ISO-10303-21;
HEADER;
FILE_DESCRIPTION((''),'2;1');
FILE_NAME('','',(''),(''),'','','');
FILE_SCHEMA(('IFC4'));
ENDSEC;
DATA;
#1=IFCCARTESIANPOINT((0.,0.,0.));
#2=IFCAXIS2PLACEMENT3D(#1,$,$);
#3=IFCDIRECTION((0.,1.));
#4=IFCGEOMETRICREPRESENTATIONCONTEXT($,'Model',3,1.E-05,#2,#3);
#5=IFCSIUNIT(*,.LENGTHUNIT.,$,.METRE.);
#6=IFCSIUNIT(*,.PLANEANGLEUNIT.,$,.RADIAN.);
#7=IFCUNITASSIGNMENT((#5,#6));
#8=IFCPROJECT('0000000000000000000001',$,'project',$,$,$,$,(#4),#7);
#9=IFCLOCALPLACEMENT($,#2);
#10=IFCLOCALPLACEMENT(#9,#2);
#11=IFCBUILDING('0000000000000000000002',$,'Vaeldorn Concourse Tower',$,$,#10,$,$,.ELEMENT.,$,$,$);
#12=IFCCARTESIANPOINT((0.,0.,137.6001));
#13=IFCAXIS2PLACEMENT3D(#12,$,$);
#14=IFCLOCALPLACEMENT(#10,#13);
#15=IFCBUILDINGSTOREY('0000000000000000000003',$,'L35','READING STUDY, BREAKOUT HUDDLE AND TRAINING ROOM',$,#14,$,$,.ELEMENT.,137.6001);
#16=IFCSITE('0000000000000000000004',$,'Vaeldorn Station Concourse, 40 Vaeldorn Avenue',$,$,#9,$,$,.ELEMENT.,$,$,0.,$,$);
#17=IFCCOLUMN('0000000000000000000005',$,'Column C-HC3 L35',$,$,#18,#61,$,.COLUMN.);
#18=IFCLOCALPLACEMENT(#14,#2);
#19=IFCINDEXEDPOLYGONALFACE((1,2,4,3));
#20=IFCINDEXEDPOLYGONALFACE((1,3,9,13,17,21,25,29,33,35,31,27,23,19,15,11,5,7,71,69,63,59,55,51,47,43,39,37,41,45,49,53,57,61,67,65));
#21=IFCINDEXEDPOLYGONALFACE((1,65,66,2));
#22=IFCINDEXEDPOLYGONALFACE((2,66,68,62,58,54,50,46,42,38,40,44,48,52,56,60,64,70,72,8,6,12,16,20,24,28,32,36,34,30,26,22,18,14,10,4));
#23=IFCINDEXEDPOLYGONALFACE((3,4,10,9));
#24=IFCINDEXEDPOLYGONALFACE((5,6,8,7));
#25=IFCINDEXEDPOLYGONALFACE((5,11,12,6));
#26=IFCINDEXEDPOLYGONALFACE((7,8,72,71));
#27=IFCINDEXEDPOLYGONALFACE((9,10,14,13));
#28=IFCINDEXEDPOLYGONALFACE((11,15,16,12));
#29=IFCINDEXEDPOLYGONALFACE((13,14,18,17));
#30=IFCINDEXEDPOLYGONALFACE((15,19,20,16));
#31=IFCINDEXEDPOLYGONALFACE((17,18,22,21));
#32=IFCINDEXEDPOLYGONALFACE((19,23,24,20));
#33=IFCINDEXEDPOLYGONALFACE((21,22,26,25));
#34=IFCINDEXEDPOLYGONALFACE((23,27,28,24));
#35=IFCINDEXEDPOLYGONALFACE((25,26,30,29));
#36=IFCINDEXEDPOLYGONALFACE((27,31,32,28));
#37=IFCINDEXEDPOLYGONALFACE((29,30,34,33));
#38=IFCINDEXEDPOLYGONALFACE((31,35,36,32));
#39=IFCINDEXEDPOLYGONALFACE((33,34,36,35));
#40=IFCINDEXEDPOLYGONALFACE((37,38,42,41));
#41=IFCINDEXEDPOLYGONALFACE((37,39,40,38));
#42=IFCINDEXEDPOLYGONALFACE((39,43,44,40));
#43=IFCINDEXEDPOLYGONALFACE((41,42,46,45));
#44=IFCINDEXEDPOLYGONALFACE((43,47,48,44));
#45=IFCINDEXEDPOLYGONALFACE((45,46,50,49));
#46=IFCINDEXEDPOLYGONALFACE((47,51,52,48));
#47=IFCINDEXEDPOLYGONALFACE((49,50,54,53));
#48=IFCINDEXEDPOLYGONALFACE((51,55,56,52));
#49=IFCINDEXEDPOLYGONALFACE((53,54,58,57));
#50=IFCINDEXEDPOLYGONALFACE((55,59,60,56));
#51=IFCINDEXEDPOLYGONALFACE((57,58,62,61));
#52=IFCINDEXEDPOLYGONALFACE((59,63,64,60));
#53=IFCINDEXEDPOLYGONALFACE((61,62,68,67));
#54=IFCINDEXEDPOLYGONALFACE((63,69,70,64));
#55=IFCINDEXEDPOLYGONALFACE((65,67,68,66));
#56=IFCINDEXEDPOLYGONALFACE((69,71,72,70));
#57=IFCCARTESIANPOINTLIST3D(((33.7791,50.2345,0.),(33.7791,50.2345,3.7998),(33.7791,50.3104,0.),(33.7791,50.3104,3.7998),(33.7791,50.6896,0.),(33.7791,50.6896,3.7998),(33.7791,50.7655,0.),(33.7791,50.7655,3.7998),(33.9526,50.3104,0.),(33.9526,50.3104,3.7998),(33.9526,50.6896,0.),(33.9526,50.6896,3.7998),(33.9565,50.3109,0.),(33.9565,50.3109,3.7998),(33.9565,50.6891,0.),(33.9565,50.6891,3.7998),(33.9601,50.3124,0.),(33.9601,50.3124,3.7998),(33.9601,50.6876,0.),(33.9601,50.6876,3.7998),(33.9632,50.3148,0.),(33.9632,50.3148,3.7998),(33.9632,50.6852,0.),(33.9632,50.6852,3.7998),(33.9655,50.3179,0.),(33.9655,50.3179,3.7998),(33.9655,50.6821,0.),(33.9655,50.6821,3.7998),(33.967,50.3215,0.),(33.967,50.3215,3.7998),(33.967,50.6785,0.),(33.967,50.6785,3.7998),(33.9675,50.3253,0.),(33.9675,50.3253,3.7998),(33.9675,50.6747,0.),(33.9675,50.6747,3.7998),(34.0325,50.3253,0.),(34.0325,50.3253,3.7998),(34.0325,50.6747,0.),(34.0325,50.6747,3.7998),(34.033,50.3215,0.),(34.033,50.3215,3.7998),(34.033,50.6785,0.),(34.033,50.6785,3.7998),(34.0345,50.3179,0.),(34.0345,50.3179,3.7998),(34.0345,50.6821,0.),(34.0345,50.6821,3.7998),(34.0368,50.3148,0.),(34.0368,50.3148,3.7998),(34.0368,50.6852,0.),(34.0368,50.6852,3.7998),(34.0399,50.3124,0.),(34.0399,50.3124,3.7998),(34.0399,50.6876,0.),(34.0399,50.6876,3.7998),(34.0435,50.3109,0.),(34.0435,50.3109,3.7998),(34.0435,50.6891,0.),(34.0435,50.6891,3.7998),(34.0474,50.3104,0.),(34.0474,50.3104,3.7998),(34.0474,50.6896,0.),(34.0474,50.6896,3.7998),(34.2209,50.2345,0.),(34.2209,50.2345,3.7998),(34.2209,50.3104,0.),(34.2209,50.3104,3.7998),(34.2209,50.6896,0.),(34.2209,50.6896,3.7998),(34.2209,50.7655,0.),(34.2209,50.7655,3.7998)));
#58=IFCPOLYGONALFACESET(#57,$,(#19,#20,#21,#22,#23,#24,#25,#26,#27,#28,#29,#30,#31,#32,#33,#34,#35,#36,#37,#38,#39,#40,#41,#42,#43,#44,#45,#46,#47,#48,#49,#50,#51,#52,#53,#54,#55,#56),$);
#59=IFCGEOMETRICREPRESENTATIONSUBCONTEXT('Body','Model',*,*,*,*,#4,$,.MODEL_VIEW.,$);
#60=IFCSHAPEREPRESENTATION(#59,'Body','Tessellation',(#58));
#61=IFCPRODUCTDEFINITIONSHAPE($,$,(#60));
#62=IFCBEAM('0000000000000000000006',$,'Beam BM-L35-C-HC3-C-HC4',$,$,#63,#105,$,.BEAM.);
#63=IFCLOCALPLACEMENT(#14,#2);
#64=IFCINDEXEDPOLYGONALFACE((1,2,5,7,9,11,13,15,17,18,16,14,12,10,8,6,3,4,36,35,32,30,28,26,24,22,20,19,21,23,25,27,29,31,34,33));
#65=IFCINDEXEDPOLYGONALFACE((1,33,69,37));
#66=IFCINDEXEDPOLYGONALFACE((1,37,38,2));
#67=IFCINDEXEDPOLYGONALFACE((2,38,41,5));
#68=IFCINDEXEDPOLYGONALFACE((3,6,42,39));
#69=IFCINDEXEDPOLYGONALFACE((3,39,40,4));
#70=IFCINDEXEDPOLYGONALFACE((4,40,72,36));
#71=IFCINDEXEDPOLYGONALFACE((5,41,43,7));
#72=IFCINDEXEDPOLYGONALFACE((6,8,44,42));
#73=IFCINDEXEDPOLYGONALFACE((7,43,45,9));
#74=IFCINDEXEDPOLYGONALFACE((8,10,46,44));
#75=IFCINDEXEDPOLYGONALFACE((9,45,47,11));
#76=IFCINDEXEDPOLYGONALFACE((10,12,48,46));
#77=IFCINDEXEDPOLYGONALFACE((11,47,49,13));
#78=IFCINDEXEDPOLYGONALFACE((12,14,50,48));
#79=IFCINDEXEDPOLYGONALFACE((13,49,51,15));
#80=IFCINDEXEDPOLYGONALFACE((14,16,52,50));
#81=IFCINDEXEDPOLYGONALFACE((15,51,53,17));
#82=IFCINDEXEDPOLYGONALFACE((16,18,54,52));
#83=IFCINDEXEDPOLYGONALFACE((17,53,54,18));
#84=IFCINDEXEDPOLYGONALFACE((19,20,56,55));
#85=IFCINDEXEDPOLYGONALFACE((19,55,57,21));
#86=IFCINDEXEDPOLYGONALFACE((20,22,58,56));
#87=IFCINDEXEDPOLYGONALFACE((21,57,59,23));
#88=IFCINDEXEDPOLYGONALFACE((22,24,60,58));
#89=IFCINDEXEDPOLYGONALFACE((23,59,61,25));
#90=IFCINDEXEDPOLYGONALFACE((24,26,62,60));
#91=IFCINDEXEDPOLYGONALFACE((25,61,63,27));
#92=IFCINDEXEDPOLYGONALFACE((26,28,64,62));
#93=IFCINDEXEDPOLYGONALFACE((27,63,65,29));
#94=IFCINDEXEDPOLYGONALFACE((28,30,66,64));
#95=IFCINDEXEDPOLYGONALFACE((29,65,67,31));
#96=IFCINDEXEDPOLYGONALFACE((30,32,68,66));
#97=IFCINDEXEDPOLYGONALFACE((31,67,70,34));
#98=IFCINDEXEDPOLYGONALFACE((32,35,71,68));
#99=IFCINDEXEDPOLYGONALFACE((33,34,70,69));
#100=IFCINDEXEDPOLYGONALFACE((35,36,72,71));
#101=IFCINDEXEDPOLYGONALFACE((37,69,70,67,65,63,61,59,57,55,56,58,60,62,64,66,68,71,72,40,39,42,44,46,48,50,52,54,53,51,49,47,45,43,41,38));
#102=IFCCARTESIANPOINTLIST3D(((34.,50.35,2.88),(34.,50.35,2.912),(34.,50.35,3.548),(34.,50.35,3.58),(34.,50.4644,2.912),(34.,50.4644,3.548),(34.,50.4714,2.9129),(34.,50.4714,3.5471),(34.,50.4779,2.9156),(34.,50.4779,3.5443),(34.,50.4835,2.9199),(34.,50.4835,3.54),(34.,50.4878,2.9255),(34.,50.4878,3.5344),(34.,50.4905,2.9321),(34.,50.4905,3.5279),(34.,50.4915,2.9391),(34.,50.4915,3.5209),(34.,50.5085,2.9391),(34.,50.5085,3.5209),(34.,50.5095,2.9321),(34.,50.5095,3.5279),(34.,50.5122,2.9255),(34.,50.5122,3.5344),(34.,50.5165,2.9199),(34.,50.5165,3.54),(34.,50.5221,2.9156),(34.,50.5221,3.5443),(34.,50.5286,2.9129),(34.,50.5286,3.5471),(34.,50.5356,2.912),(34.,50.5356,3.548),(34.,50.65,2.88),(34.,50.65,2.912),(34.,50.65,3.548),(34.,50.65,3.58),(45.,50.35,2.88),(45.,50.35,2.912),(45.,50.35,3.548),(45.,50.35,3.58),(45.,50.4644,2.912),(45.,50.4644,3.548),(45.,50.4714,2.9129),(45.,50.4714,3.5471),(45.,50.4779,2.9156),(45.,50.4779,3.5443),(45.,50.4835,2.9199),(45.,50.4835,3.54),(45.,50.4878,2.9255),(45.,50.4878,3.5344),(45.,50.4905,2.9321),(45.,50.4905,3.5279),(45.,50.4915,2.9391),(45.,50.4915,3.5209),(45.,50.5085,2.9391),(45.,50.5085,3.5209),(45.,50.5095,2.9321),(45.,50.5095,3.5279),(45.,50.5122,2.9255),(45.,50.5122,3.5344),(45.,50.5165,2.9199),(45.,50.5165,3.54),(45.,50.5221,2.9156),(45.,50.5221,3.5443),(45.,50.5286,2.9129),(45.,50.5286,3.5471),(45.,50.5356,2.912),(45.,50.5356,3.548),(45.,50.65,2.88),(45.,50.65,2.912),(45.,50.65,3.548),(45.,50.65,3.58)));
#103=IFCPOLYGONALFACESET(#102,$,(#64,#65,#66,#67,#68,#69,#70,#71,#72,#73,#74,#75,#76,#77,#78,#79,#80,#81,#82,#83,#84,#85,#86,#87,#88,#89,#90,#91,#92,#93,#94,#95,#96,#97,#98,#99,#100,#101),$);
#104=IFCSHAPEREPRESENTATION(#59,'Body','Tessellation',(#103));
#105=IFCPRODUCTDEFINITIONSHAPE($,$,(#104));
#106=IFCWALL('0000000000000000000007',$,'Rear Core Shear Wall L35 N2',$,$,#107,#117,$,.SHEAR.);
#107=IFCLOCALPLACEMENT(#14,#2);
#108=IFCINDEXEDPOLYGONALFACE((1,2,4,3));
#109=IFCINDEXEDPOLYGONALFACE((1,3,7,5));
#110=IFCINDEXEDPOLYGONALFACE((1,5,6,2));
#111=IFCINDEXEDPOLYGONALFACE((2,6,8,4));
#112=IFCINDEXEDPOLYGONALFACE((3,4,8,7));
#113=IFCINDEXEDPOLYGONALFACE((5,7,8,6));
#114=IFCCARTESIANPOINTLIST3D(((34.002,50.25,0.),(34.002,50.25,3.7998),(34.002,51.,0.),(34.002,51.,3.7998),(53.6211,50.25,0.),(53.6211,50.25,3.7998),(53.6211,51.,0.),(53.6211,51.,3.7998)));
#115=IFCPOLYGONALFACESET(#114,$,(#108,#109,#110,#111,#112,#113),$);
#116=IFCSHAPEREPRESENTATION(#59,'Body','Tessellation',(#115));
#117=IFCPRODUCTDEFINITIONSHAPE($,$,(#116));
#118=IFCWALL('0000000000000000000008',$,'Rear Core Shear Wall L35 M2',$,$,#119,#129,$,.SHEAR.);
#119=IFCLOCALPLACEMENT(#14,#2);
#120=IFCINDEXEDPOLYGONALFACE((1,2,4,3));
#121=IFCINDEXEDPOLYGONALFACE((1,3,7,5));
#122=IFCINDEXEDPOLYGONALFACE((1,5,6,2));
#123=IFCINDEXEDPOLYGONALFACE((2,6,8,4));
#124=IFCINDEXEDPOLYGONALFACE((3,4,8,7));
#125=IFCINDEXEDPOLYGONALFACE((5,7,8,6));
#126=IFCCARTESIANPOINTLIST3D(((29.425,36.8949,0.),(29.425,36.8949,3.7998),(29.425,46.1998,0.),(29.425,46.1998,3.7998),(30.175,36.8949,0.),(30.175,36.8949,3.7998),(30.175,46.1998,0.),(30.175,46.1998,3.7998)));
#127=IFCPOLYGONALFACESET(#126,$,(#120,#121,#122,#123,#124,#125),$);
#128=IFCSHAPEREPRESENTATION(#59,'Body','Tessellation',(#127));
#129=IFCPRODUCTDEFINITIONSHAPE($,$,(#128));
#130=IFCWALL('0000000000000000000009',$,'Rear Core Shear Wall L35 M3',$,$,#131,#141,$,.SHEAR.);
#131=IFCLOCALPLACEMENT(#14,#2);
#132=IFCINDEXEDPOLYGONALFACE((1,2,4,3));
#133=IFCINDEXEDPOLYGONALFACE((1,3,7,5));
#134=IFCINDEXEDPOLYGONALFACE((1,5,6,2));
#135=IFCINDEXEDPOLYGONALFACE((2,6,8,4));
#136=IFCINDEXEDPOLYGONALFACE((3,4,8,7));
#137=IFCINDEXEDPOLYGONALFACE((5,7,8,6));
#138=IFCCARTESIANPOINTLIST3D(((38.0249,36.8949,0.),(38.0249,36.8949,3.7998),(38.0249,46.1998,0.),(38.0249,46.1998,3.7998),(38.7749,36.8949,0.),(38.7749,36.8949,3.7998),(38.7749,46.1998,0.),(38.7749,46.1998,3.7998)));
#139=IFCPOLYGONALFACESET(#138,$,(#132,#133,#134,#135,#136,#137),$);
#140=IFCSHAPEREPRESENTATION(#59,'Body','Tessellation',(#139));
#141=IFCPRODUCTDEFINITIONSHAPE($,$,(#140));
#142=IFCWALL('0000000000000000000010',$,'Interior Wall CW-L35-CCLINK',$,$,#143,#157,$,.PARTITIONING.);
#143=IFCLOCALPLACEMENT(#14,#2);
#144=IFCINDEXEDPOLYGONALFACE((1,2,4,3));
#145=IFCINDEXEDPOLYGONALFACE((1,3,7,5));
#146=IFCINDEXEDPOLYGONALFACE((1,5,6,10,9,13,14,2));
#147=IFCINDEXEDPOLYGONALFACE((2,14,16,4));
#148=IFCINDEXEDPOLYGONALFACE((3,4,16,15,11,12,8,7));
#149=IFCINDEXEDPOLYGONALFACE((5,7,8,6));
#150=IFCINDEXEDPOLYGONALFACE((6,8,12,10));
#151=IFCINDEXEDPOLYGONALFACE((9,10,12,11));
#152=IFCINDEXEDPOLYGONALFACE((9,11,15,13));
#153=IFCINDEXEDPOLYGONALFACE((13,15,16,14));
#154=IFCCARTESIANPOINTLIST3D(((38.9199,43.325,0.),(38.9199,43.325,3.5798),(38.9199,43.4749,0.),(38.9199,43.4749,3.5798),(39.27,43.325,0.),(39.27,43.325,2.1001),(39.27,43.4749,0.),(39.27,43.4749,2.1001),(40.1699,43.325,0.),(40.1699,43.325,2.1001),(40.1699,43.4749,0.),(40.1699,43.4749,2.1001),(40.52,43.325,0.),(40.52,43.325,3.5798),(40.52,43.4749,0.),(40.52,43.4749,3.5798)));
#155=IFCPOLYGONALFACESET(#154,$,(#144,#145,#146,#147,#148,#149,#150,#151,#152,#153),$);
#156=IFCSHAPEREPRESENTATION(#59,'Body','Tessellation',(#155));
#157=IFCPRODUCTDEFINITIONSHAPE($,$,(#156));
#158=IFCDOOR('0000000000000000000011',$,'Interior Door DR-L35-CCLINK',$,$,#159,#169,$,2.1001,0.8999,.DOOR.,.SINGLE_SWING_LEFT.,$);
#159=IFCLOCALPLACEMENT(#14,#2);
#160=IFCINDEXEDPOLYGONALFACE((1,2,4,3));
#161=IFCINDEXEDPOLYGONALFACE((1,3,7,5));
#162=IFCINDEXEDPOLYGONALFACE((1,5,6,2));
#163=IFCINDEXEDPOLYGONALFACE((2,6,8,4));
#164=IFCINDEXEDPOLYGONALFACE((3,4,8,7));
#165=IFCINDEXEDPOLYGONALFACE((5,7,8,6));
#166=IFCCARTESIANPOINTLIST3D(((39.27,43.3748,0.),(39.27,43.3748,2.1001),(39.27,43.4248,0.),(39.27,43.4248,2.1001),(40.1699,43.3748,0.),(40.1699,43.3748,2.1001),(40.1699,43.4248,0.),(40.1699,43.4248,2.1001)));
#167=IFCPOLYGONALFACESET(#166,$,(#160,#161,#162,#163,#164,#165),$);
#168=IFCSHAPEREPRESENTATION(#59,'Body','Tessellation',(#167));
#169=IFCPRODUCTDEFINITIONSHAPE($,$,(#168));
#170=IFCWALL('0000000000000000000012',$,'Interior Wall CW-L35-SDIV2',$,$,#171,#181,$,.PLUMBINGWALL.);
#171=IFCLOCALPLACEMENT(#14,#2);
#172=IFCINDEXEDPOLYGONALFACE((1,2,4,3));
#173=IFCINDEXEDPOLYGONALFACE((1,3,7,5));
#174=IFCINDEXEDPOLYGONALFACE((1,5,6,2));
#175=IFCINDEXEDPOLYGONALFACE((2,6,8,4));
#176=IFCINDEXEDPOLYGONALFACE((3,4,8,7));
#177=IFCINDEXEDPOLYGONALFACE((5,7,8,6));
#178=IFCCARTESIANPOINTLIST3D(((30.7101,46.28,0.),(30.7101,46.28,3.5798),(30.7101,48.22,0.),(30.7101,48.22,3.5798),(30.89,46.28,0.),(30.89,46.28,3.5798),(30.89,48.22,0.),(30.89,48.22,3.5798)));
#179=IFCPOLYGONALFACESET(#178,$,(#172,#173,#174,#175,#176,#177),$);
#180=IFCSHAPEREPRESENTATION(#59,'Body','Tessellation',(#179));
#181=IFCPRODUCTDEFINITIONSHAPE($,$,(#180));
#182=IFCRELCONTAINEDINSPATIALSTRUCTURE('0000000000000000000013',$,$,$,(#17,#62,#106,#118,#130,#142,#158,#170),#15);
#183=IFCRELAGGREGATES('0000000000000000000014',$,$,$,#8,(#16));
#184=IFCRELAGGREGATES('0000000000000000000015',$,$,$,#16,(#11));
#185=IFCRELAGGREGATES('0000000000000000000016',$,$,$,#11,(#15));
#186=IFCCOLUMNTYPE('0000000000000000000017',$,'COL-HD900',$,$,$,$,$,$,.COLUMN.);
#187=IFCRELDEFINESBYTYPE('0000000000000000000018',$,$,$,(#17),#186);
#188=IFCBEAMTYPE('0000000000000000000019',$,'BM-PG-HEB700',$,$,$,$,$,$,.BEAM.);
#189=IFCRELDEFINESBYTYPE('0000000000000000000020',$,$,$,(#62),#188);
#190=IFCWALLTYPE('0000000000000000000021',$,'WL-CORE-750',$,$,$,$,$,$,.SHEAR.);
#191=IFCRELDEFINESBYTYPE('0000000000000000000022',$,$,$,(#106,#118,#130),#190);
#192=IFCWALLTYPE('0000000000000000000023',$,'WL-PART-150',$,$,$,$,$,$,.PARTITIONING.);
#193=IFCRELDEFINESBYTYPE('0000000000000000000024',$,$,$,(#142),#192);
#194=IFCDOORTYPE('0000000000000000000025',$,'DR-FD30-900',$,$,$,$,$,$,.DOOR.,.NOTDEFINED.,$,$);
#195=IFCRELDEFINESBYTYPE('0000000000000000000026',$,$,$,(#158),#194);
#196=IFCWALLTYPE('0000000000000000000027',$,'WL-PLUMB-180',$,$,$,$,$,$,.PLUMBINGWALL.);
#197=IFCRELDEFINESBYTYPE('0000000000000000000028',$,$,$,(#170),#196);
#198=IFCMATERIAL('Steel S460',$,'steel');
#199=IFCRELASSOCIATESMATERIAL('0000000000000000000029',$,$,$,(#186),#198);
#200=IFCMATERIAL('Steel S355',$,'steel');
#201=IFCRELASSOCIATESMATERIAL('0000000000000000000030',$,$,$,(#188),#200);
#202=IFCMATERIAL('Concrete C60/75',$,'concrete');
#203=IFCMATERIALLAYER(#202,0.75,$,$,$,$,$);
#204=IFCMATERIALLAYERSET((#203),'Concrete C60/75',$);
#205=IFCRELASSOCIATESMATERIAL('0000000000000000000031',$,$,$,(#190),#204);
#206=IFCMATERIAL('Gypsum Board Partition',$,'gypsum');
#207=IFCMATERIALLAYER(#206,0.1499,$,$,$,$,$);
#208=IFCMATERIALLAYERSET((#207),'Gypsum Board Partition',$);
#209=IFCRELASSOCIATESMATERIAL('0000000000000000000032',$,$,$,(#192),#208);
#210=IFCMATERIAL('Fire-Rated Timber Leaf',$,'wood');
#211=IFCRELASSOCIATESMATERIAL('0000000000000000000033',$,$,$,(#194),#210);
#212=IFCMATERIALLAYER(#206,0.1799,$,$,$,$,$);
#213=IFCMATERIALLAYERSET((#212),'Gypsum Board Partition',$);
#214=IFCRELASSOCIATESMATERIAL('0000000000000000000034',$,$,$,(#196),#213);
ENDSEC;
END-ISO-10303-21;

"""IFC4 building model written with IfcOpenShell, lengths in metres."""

from ifc_helpers import new_model, si_unit, direction, frame, frame_2d, origin, origin_2d, place, context, subcontext, project, spatial, rectangle, i_section, extrude, source, transform, mapped, material, layer, layer_set, material_profile, profile_set, type_object, element, fill, save


model = new_model("IFC4")

# Units and contexts
model_context = context("Model", 3, precision=1e-05, world=origin(), true_north=direction((0.0, 1.0)))
body_context = subcontext(model_context, "Body", "Model", "MODEL_VIEW")
ifc_project = project(units=[si_unit("LENGTHUNIT", "METRE"), si_unit("PLANEANGLEUNIT", "RADIAN")], contexts=[model_context])

# Site, building, storey
site_placement = place(None, origin())
site = spatial("IfcSite", under=ifc_project, at=site_placement, Name="Vaeldorn Station Concourse, 40 Vaeldorn Avenue", CompositionType="ELEMENT", RefElevation=0.0)
building_placement = place(site_placement, origin())
building = spatial("IfcBuilding", under=site, at=building_placement, Name="Vaeldorn Concourse Tower", CompositionType="ELEMENT")
storey_placement = place(building_placement, frame((0.0, 0.0, 137.6001)))
storey = spatial("IfcBuildingStorey", under=building, at=storey_placement, Name="L35", Description="READING STUDY, BREAKOUT HUDDLE AND TRAINING ROOM", CompositionType="ELEMENT", Elevation=137.6001)

# Column
ifc_material_1 = material(Name="Steel S460", Category="steel")
ifc_material_profile_1 = material_profile(ifc_material_1, i_section(OverallWidth=0.4419, OverallDepth=0.531, WebThickness=0.0649, FlangeThickness=0.0759, FilletRadius=0.0149, at=origin_2d()), Name="HD 400x900")
ifc_profile_set_1 = profile_set([ifc_material_profile_1], Name="Steel S460")
column_type = type_object("IfcColumnType", Name="COL-HD900", PredefinedType="COLUMN", material=ifc_profile_set_1)
shared_shape_1 = source(origin(), body_context, "Body", "SweptSolid", [
    extrude(i_section(OverallWidth=0.4419, OverallDepth=0.531, WebThickness=0.0649, FlangeThickness=0.0759, FilletRadius=0.0149, at=origin_2d()), origin(), (0.0, 0.0, 1.0), 3.7998),
])
column_placement = place(storey_placement, frame((34.0, 50.5, 0.0), z_axis=(0.0, 0.0, 1.0), x_axis=(1.0, 0.0, 0.0)))
element("IfcColumn", 1, at=column_placement, inside=storey, type_object=column_type, Name="Column C-HC3 L35", PredefinedType="COLUMN", context=body_context, shape_type="MappedRepresentation", body=[
    mapped(shared_shape_1, transform((0.0, 0.0, 0.0), scale=1.0)),
])

# Beam
ifc_material_2 = material(Name="Steel S355", Category="steel")
ifc_material_profile_2 = material_profile(ifc_material_2, i_section(OverallWidth=0.3, OverallDepth=0.7, WebThickness=0.0171, FlangeThickness=0.032, FilletRadius=0.0271, at=origin_2d()), Name="HEB 700")
ifc_profile_set_2 = profile_set([ifc_material_profile_2], Name="Steel S355")
beam_type = type_object("IfcBeamType", Name="BM-PG-HEB700", PredefinedType="BEAM", material=ifc_profile_set_2)
shared_shape_2 = source(origin(), body_context, "Body", "SweptSolid", [
    extrude(i_section(OverallWidth=0.3, OverallDepth=0.7, WebThickness=0.0171, FlangeThickness=0.032, FilletRadius=0.0271, at=origin_2d()), origin(), (0.0, 0.0, 1.0), 11.0),
])
beam_placement = place(storey_placement, frame((34.0, 50.5, 3.23), z_axis=(1.0, 0.0, 0.0), x_axis=(0.0, 1.0, 0.0)))
element("IfcBeam", 2, at=beam_placement, inside=storey, type_object=beam_type, Name="Beam BM-L35-C-HC3-C-HC4", PredefinedType="BEAM", context=body_context, shape_type="MappedRepresentation", body=[
    mapped(shared_shape_2, transform((0.0, 0.0, 0.0), scale=1.0)),
])

# Walls
ifc_material_3 = material(Name="Concrete C60/75", Category="concrete")
ifc_layer_1 = layer(ifc_material_3, 0.75)
ifc_layer_set_1 = layer_set([ifc_layer_1], Name="Concrete C60/75")
wall_type_1 = type_object("IfcWallType", Name="WL-CORE-750", PredefinedType="SHEAR", material=ifc_layer_set_1)
wall_1_placement = place(storey_placement, frame((34.002, 50.625, 0.0), z_axis=(0.0, 0.0, 1.0), x_axis=(1.0, 0.0, 0.0)))
element("IfcWall", 3, at=wall_1_placement, inside=storey, type_object=wall_type_1, Name="Rear Core Shear Wall L35 N2", PredefinedType="SHEAR", context=body_context, shape_type="SweptSolid", body=[
    extrude(rectangle(XDim=19.6191, YDim=0.75, at=frame_2d((9.8096, 0.0))), origin(), (0.0, 0.0, 1.0), 3.7998),
])
for number, where, z_axis, x_axis, name in (
    (4, (29.8, 36.895, 0.0), (0.0, 0.0, 1.0), (0.0, 1.0, 0.0), "Rear Core Shear Wall L35 M2"),
    (5, (38.3999, 36.895, 0.0), (0.0, 0.0, 1.0), (0.0, 1.0, 0.0), "Rear Core Shear Wall L35 M3"),
):
    element("IfcWall", number, at=place(storey_placement, frame(where, z_axis=z_axis, x_axis=x_axis)), inside=storey, type_object=wall_type_1, Name=name, PredefinedType="SHEAR", context=body_context, shape_type="SweptSolid", body=[
        extrude(rectangle(XDim=9.3049, YDim=0.75, at=frame_2d((4.6523, 0.0))), origin(), (0.0, 0.0, 1.0), 3.7998),
    ])

# Wall, opening, door
ifc_material_4 = material(Name="Gypsum Board Partition", Category="gypsum")
ifc_layer_2 = layer(ifc_material_4, 0.1499)
ifc_layer_set_2 = layer_set([ifc_layer_2], Name="Gypsum Board Partition")
wall_type_2 = type_object("IfcWallType", Name="WL-PART-150", PredefinedType="PARTITIONING", material=ifc_layer_set_2)
wall_2_placement = place(storey_placement, frame((38.9199, 43.3999, 0.0), z_axis=(0.0, 0.0, 1.0), x_axis=(1.0, 0.0, 0.0)))
wall_2 = element("IfcWall", 6, at=wall_2_placement, inside=storey, type_object=wall_type_2, Name="Interior Wall CW-L35-CCLINK", PredefinedType="PARTITIONING", context=body_context, shape_type="SweptSolid", body=[
    extrude(rectangle(XDim=1.6001, YDim=0.1499, at=frame_2d((0.8, 0.0))), origin(), (0.0, 0.0, 1.0), 3.5798),
])
opening_1_placement = place(wall_2_placement, frame((0.3501, 0.0, 0.0)))
opening_1 = element("IfcOpeningElement", 7, at=opening_1_placement, cuts=wall_2, PredefinedType="OPENING", context=body_context, shape_type="SweptSolid", body=[
    extrude(rectangle(XDim=0.8999, YDim=2.1001, at=frame_2d((0.45, 1.05))), frame((0.0, 0.085, 0.0), z_axis=(0.0, -1.0, 0.0), x_axis=(1.0, 0.0, 0.0)), (0.0, 0.0, 1.0), 0.1699),
])
ifc_material_5 = material(Name="Fire-Rated Timber Leaf", Category="wood")
door_type_1 = type_object("IfcDoorType", Name="DR-FD30-900", OperationType="NOTDEFINED", PredefinedType="DOOR", material=ifc_material_5)
shared_shape_3 = source(origin(), body_context, "Body", "SweptSolid", [
    extrude(rectangle(XDim=0.8999, YDim=2.1001, at=frame_2d((0.45, 1.05))), frame((0.0, 0.0249, 0.0), z_axis=(0.0, -1.0, 0.0), x_axis=(1.0, 0.0, 0.0)), (0.0, 0.0, 1.0), 0.05),
])
door_1_placement = place(opening_1_placement, origin())
door_1 = element("IfcDoor", 8, at=door_1_placement, inside=storey, type_object=door_type_1, Name="Interior Door DR-L35-CCLINK", OperationType="SINGLE_SWING_LEFT", OverallHeight=2.1001, OverallWidth=0.8999, PredefinedType="DOOR", context=body_context, shape_type="MappedRepresentation", body=[
    mapped(shared_shape_3, transform((0.0, 0.0, 0.0), scale=1.0)),
])
fill(opening_1, door_1)

# Wall
ifc_layer_3 = layer(ifc_material_4, 0.1799)
ifc_layer_set_3 = layer_set([ifc_layer_3], Name="Gypsum Board Partition")
wall_type_3 = type_object("IfcWallType", Name="WL-PLUMB-180", PredefinedType="PLUMBINGWALL", material=ifc_layer_set_3)
for number, where, z_axis, x_axis, name in (
    (9, (30.8, 46.28, 0.0), (0.0, 0.0, 1.0), (0.0, 1.0, 0.0), "Interior Wall CW-L35-SDIV2"),
):
    element("IfcWall", number, at=place(storey_placement, frame(where, z_axis=z_axis, x_axis=x_axis)), inside=storey, type_object=wall_type_3, Name=name, PredefinedType="PLUMBINGWALL", context=body_context, shape_type="SweptSolid", body=[
        extrude(rectangle(XDim=1.9399, YDim=0.1799, at=frame_2d((0.97, 0.0))), origin(), (0.0, 0.0, 1.0), 3.5798),
    ])

save(model, "model.ifc")
